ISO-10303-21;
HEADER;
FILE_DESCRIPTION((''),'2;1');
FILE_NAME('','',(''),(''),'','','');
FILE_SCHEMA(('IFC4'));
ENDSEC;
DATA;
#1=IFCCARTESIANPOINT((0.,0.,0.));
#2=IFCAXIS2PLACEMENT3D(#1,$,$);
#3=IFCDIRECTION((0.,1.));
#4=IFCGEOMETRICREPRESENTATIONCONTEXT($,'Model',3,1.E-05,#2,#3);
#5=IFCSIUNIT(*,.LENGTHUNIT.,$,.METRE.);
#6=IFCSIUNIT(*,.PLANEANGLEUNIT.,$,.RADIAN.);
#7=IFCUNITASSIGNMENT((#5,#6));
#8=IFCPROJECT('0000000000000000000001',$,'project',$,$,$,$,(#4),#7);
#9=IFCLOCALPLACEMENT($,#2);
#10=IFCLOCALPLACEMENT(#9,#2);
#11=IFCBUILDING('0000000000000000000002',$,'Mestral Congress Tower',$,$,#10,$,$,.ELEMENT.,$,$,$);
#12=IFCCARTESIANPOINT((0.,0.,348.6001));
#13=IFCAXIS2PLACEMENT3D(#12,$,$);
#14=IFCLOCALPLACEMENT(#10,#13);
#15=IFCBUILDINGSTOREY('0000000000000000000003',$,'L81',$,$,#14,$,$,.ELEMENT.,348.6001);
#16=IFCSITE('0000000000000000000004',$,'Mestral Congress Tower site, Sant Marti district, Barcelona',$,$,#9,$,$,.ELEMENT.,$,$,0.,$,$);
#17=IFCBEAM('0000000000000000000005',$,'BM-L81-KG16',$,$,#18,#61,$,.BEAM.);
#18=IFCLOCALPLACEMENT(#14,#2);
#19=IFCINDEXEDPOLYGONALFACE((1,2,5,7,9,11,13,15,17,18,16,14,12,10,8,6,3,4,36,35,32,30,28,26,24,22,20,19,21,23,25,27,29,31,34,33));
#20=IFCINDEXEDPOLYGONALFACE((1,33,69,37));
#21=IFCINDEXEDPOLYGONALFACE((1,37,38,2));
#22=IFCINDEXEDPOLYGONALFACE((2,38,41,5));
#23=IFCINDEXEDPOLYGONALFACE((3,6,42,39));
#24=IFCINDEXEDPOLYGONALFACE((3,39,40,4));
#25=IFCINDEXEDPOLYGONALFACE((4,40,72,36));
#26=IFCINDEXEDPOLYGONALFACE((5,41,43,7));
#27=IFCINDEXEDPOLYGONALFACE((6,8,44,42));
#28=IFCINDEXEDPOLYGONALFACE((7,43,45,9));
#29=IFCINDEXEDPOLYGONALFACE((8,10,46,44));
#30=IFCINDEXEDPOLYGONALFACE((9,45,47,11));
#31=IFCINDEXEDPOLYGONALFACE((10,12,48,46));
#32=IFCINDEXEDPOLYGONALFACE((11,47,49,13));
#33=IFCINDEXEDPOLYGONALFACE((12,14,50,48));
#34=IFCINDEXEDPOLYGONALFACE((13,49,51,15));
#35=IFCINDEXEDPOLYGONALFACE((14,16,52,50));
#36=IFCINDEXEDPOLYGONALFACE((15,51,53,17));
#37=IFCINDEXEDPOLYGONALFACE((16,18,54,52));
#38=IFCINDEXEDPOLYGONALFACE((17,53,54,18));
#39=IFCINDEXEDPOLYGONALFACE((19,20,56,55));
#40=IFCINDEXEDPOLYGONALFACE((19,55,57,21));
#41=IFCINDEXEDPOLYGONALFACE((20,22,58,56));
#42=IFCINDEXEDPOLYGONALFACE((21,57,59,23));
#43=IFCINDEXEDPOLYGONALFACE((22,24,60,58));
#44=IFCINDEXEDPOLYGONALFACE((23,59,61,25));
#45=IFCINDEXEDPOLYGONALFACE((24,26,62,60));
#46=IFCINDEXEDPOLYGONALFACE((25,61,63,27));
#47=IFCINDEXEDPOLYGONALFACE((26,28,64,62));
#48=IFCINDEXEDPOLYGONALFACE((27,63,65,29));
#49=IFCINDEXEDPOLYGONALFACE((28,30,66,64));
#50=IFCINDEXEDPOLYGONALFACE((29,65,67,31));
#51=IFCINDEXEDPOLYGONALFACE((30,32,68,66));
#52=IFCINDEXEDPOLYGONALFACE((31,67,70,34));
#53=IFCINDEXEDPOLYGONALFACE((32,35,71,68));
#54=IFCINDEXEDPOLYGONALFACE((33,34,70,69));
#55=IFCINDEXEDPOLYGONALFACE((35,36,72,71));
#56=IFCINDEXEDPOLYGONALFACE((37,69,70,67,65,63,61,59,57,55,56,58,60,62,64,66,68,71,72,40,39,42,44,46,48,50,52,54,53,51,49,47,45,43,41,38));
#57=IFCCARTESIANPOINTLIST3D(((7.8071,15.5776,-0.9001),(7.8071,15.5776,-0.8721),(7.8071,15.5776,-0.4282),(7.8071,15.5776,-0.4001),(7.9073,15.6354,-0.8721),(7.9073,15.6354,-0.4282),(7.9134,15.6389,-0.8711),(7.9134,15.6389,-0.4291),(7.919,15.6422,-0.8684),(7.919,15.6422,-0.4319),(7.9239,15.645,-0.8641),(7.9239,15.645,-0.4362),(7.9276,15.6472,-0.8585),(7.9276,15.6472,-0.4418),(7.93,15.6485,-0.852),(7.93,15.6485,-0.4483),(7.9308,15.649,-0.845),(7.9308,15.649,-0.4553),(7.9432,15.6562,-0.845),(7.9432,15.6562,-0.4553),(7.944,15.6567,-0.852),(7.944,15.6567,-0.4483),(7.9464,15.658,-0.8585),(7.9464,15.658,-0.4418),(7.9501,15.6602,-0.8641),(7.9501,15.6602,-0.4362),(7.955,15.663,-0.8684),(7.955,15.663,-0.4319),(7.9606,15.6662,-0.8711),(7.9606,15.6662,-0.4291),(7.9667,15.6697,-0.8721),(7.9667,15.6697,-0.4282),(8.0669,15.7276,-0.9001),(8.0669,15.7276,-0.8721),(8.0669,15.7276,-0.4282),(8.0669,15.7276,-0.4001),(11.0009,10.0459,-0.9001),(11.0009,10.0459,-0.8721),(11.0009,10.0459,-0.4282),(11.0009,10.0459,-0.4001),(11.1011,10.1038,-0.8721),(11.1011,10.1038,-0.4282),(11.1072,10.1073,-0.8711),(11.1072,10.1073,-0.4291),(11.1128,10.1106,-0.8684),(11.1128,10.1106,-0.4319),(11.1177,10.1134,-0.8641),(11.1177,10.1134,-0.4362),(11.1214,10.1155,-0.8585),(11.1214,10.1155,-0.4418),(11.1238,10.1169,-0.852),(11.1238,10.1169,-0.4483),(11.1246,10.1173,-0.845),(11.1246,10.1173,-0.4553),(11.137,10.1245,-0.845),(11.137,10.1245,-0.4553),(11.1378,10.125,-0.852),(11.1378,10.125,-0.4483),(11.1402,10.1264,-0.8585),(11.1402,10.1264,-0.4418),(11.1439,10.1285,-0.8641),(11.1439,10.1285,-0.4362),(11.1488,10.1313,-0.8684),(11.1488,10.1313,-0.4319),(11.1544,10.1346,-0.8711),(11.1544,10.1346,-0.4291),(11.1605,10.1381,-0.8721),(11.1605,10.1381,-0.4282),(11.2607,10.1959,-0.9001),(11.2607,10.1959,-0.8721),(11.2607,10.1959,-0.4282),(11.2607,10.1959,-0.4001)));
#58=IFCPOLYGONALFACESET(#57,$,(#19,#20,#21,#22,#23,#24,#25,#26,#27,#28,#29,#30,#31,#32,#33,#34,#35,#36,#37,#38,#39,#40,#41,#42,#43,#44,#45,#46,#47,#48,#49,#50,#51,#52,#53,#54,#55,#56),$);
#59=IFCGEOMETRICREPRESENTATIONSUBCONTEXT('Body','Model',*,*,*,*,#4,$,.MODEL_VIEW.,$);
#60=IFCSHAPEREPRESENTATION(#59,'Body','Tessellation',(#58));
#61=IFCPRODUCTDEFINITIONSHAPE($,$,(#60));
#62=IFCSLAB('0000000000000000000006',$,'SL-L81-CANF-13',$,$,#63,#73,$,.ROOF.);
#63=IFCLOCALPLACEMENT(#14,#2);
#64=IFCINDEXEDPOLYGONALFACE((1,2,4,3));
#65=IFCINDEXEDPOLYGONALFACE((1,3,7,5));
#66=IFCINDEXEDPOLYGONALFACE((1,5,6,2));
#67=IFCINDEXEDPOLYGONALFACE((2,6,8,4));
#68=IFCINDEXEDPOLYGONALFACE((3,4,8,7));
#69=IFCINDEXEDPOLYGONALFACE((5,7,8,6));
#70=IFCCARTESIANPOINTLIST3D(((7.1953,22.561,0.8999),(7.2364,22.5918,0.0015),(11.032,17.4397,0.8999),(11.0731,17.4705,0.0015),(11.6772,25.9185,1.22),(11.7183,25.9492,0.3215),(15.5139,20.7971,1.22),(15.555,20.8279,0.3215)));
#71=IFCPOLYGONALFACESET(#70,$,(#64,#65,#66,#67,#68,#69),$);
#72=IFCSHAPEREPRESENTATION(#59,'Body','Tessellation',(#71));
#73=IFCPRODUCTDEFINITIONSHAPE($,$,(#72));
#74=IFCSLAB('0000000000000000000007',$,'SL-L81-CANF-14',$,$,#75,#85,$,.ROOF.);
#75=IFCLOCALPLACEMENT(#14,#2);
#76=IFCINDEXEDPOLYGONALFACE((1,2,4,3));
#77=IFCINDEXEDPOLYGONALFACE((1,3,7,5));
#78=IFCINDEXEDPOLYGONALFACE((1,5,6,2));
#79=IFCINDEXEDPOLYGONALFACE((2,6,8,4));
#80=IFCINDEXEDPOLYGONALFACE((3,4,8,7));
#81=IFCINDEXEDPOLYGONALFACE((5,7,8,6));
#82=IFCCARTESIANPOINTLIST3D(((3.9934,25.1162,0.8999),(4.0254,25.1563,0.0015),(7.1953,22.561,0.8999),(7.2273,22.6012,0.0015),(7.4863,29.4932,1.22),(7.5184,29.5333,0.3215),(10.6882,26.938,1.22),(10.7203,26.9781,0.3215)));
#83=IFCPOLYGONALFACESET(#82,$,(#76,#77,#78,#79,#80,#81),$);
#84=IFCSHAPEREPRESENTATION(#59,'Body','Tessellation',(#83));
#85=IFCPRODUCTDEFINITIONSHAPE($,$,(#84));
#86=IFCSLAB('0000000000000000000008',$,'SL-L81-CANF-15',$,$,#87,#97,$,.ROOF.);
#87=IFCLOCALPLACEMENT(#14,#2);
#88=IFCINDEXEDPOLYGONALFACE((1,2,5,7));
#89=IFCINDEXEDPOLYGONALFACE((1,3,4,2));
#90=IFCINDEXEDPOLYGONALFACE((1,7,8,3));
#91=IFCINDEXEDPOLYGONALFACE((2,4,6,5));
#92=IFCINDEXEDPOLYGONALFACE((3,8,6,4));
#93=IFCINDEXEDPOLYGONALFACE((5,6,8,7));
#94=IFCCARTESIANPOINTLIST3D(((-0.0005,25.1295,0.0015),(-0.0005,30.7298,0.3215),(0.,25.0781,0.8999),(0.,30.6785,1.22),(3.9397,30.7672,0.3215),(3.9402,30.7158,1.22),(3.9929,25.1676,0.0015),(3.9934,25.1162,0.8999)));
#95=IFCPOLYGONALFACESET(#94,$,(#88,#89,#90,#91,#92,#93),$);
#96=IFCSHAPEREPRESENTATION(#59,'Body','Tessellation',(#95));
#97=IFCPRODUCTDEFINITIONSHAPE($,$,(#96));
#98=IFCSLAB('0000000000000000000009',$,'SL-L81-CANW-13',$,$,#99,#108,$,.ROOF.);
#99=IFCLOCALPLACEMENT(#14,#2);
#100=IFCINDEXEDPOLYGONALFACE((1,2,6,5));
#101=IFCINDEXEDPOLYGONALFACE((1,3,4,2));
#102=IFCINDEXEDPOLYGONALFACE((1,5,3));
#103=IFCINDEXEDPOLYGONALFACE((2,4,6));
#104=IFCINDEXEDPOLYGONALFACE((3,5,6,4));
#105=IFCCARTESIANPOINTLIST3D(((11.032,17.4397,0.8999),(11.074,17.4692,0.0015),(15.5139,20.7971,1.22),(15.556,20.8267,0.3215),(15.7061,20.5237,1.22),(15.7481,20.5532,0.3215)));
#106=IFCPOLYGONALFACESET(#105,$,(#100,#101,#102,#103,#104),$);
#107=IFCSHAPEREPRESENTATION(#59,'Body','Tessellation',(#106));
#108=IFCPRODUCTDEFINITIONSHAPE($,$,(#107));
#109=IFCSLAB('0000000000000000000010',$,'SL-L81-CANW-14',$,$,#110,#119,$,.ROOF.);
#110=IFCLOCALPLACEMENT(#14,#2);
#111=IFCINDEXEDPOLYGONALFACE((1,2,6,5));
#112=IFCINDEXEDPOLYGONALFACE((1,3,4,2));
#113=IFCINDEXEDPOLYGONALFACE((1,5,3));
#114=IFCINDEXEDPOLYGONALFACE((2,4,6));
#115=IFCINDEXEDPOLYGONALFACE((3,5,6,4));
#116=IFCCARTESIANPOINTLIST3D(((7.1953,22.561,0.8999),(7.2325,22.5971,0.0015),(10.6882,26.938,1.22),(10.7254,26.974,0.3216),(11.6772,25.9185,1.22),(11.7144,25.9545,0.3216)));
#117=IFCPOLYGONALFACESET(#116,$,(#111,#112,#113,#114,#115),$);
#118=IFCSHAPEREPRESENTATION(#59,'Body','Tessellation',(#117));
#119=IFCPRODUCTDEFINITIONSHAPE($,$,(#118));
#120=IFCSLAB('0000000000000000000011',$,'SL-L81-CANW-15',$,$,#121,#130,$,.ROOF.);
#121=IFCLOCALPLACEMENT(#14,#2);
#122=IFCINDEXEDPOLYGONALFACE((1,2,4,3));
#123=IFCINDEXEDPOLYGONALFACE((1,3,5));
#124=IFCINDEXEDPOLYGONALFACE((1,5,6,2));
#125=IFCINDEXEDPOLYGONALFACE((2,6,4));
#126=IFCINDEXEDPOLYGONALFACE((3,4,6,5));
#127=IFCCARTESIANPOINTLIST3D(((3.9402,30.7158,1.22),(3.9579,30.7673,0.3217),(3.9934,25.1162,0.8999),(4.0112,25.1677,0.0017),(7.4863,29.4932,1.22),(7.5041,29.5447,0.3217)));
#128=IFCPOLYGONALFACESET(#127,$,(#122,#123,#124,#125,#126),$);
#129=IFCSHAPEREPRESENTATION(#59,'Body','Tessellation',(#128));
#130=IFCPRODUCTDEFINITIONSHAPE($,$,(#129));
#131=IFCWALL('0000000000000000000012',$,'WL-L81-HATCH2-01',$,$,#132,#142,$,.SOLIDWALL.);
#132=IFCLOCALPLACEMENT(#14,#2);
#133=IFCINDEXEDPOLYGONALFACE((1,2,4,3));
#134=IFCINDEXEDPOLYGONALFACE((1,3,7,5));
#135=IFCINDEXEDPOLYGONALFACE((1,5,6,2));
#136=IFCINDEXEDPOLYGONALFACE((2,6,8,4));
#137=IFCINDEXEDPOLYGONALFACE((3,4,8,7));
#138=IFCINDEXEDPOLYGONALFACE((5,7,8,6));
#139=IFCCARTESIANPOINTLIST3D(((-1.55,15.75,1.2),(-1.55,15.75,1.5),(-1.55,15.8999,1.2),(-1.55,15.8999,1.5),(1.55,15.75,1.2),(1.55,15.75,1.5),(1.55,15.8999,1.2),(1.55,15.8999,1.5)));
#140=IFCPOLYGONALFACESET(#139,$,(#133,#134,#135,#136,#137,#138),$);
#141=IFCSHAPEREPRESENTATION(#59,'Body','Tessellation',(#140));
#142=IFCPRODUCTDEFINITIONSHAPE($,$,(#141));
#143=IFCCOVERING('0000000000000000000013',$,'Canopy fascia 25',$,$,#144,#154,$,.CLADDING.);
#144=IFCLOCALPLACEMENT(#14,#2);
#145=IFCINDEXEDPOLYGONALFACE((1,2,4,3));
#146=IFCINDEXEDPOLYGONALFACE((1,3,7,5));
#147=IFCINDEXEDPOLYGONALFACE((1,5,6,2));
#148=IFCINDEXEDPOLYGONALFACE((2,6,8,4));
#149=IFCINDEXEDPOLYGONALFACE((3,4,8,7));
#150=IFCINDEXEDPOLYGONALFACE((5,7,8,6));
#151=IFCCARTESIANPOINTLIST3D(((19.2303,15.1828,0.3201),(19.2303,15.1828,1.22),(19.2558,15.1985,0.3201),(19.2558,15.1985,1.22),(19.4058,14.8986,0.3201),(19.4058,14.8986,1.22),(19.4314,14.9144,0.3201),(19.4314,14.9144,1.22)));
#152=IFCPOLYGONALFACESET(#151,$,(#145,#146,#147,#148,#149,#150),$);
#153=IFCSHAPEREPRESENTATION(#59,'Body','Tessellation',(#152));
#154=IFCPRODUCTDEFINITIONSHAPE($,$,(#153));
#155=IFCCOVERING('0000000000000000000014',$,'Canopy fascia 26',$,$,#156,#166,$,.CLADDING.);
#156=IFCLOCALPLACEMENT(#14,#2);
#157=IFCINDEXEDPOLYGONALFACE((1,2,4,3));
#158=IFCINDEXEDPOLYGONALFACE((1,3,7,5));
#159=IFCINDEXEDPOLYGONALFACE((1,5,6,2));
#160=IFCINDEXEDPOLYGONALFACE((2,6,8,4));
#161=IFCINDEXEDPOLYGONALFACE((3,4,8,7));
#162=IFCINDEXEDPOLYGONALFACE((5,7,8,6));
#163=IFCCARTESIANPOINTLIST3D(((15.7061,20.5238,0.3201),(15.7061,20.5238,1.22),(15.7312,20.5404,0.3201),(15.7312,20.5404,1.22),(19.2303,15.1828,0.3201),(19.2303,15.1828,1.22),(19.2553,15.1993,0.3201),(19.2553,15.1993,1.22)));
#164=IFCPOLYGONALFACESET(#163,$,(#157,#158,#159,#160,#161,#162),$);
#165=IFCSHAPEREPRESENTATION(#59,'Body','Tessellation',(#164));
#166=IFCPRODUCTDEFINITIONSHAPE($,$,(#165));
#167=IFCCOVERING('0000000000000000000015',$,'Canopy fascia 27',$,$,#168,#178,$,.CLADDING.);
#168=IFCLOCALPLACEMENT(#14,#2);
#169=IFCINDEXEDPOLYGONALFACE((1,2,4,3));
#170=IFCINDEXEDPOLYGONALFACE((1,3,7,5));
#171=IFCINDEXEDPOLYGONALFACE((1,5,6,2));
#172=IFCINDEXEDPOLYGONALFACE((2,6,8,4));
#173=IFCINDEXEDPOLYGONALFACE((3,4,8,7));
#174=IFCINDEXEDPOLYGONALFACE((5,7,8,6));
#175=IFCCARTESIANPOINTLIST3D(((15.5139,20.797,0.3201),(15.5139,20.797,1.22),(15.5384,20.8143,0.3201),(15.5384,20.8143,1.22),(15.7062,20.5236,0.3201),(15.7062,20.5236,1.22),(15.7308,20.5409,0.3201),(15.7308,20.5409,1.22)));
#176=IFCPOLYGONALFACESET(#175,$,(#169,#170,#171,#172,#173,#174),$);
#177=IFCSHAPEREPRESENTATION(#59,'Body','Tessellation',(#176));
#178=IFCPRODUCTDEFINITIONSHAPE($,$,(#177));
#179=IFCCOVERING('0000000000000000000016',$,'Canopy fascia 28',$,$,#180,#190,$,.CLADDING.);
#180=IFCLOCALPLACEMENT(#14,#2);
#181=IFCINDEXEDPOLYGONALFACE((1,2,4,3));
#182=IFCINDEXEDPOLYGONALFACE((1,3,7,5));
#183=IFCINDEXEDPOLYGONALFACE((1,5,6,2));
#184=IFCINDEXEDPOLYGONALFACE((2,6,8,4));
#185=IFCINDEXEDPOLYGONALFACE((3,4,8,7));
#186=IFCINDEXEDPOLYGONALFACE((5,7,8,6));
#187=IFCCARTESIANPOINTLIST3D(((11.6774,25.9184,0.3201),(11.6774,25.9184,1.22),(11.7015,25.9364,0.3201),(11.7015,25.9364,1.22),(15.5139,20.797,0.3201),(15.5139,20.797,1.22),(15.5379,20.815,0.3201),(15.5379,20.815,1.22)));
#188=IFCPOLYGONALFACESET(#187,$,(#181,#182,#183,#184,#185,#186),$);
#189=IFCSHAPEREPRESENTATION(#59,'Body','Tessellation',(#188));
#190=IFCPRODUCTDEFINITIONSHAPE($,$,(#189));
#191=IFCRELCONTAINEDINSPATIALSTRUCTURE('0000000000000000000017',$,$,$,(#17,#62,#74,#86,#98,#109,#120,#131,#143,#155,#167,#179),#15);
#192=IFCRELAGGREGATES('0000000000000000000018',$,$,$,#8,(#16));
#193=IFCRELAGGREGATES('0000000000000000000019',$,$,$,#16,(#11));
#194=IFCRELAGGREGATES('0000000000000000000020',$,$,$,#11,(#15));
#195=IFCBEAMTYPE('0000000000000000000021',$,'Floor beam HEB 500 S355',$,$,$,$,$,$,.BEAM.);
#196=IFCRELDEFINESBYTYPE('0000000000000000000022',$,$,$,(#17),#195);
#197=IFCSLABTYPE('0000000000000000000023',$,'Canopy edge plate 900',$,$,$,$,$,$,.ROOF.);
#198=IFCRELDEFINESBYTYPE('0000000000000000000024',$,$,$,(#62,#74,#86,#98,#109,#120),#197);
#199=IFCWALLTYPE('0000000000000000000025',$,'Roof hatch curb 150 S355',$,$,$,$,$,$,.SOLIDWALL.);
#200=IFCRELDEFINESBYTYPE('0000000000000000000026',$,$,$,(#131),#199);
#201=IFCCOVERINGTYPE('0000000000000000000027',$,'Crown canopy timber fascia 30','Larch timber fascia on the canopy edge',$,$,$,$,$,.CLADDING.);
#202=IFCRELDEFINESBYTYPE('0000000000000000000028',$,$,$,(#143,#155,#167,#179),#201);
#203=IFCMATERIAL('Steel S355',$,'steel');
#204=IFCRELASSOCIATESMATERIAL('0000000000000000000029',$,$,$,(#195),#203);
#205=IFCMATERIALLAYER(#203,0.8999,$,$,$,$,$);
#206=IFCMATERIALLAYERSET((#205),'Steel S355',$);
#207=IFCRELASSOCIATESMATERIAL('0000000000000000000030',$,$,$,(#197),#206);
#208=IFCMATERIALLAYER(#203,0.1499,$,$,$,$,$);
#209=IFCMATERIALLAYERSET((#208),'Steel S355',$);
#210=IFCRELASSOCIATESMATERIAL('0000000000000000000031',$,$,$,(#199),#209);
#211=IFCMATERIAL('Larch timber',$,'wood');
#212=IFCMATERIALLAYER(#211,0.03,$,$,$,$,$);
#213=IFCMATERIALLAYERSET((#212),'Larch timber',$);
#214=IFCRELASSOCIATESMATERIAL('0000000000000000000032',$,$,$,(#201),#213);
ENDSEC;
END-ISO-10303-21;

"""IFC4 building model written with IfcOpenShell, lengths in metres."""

from ifc_helpers import new_model, si_unit, direction, frame, frame_2d, origin, origin_2d, place, context, subcontext, project, spatial, polyline, rectangle, i_section, outline, extrude, material, layer, layer_set, material_profile, profile_set, type_object, element, save


model = new_model("IFC4")

# Units and contexts
model_context = context("Model", 3, precision=1e-05, world=origin(), true_north=direction((0.0, 1.0)))
body_context = subcontext(model_context, "Body", "Model", "MODEL_VIEW")
ifc_project = project(units=[si_unit("LENGTHUNIT", "METRE"), si_unit("PLANEANGLEUNIT", "RADIAN")], contexts=[model_context])

# Site, building, storey
site_placement = place(None, origin())
site = spatial("IfcSite", under=ifc_project, at=site_placement, Name="Mestral Congress Tower site, Sant Marti district, Barcelona", CompositionType="ELEMENT", RefElevation=0.0)
building_placement = place(site_placement, origin())
building = spatial("IfcBuilding", under=site, at=building_placement, Name="Mestral Congress Tower", CompositionType="ELEMENT")
storey_placement = place(building_placement, frame((0.0, 0.0, 348.6001)))
storey = spatial("IfcBuildingStorey", under=building, at=storey_placement, Name="L81", CompositionType="ELEMENT", Elevation=348.6001)

# Beam
ifc_material_1 = material(Name="Steel S355", Category="steel")
ifc_material_profile_1 = material_profile(ifc_material_1, i_section(OverallWidth=0.3, OverallDepth=0.5, WebThickness=0.0144, FlangeThickness=0.0281, FilletRadius=0.0271, at=origin_2d()), Name="HEB 500")
ifc_profile_set_1 = profile_set([ifc_material_profile_1], Name="Steel S355")
beam_type_1 = type_object("IfcBeamType", Name="Floor beam HEB 500 S355", PredefinedType="BEAM", material=ifc_profile_set_1)
beam_1_placement = place(storey_placement, frame((7.937, 15.6526, -0.6501), z_axis=(0.500011, -0.866019, 0.0), x_axis=(0.866019, 0.500011, 0.0)))
element("IfcBeam", 1, at=beam_1_placement, inside=storey, type_object=beam_type_1, Name="BM-L81-KG16", PredefinedType="BEAM", context=body_context, shape_type="SweptSolid", body=[
    extrude(i_section(OverallWidth=0.3, OverallDepth=0.5, WebThickness=0.0144, FlangeThickness=0.0281, FilletRadius=0.0271, at=origin_2d()), origin(), (0.0, 0.0, 1.0), 6.3875),
])

# Slabs
ifc_layer_1 = layer(ifc_material_1, 0.8999)
ifc_layer_set_1 = layer_set([ifc_layer_1], Name="Steel S355")
slab_type = type_object("IfcSlabType", Name="Canopy edge plate 900", PredefinedType="ROOF", material=ifc_layer_set_1)
slab_1_placement = place(storey_placement, frame((11.032, 17.4397, 0.8999), z_axis=(-0.045668, -0.034212, 0.998371), x_axis=(-0.599566, 0.800325, 0.0)))
element("IfcSlab", 2, at=slab_1_placement, inside=storey, type_object=slab_type, Name="SL-L81-CANF-13", PredefinedType="ROOF", context=body_context, shape_type="SweptSolid", body=[
    extrude(outline(polyline([(0.0, 0.0), (6.3991, 0.0), (6.3989, -5.6091), (-0.0002, -5.6091), (0.0, 0.0)])), origin(), (0.0, 0.0, -1.0), 0.8999),
])
slab_2_placement = place(storey_placement, frame((7.1953, 22.561, 0.8999), z_axis=(-0.035593, -0.044602, 0.998371), x_axis=(-0.781624, 0.62375, 0.0)))
element("IfcSlab", 3, at=slab_2_placement, inside=storey, type_object=slab_type, Name="SL-L81-CANF-14", PredefinedType="ROOF", context=body_context, shape_type="SweptSolid", body=[
    extrude(outline(polyline([(0.0, 0.0), (4.0965, 0.0), (4.0964, -5.609), (0.0, -5.609), (0.0, 0.0)])), origin(), (0.0, 0.0, -1.0), 0.8999),
])
slab_3_placement = place(storey_placement, frame((3.9934, 25.1162, 0.8999), z_axis=(0.000543, -0.05706, 0.998371), x_axis=(-0.999955, -0.009537, -0.000002)))
element("IfcSlab", 4, at=slab_3_placement, inside=storey, type_object=slab_type, Name="SL-L81-CANF-15", PredefinedType="ROOF", context=body_context, shape_type="SweptSolid", body=[
    extrude(outline(polyline([(0.0, 0.0), (3.9936, 0.0), (3.9402, -5.6092), (-0.0002, -5.609), (0.0, 0.0)])), origin(), (0.0, 0.0, -1.0), 0.8999),
])
slab_4_placement = place(storey_placement, frame((11.032, 17.4397, 0.8999), z_axis=(-0.04671, -0.032822, 0.998369), x_axis=(0.833323, 0.549832, 0.057064)))
element("IfcSlab", 5, at=slab_4_placement, inside=storey, type_object=slab_type, Name="SL-L81-CANW-13", PredefinedType="ROOF", context=body_context, shape_type="SweptSolid", body=[
    extrude(outline(polyline([(0.0, 0.0), (5.609, 0.0), (5.5992, 0.3341), (0.0, 0.0)])), origin(), (0.0, 0.0, -1.0), 0.8999),
])
slab_5_placement = place(storey_placement, frame((7.1953, 22.561, 0.8999), z_axis=(-0.04129, -0.040054, 0.998344), x_axis=(0.799041, 0.598563, 0.057062)))
element("IfcSlab", 6, at=slab_5_placement, inside=storey, type_object=slab_type, Name="SL-L81-CANW-14", PredefinedType="ROOF", context=body_context, shape_type="SweptSolid", body=[
    extrude(outline(polyline([(0.0, 0.0), (5.6091, 0.0), (5.4291, 1.409), (0.0, 0.0)])), origin(), (0.0, 0.0, -1.0), 0.8999),
])
slab_6_placement = place(storey_placement, frame((3.9934, 25.1162, 0.8999), z_axis=(-0.019736, -0.057242, 0.998165), x_axis=(0.622737, 0.780347, 0.057064)))
element("IfcSlab", 7, at=slab_6_placement, inside=storey, type_object=slab_type, Name="SL-L81-CANW-15", PredefinedType="ROOF", context=body_context, shape_type="SweptSolid", body=[
    extrude(outline(polyline([(0.0, 0.0), (5.609, 0.0), (4.3548, 3.5351), (0.0, 0.0)])), origin(), (0.0, 0.0, -1.0), 0.8999),
])

# Wall
ifc_layer_2 = layer(ifc_material_1, 0.1499)
ifc_layer_set_2 = layer_set([ifc_layer_2], Name="Steel S355")
wall_type = type_object("IfcWallType", Name="Roof hatch curb 150 S355", PredefinedType="SOLIDWALL", material=ifc_layer_set_2)
wall_placement = place(storey_placement, frame((1.55, 15.825, 1.2), z_axis=(0.0, 0.0, 1.0), x_axis=(-1.0, 0.0, 0.0)))
element("IfcWall", 8, at=wall_placement, inside=storey, type_object=wall_type, Name="WL-L81-HATCH2-01", PredefinedType="SOLIDWALL", context=body_context, shape_type="SweptSolid", body=[
    extrude(rectangle(XDim=3.1001, YDim=0.1499, at=frame_2d((1.55, 0.0))), origin(), (0.0, 0.0, 1.0), 0.3),
])

# Coverings
ifc_material_2 = material(Name="Larch timber", Category="wood")
ifc_layer_3 = layer(ifc_material_2, 0.03)
ifc_layer_set_3 = layer_set([ifc_layer_3], Name="Larch timber")
covering_type_1 = type_object("IfcCoveringType", Name="Crown canopy timber fascia 30", Description="Larch timber fascia on the canopy edge", PredefinedType="CLADDING", material=ifc_layer_set_3)
covering_1_placement = place(storey_placement, frame((19.3308, 15.0486, 0.3201), z_axis=(0.0, 0.0, 1.0), x_axis=(-0.525607, 0.850728, 0.0)))
element("IfcCovering", 9, at=covering_1_placement, inside=storey, type_object=covering_type_1, Name="Canopy fascia 25", PredefinedType="CLADDING", context=body_context, shape_type="SweptSolid", body=[
    extrude(rectangle(XDim=0.334, YDim=0.03, at=origin_2d()), origin(), (0.0, 0.0, 1.0), 0.8999),
])
covering_2_placement = place(storey_placement, frame((17.4807, 17.8616, 0.3201), z_axis=(0.0, 0.0, 1.0), x_axis=(-0.550742, 0.834676, 0.0)))
element("IfcCovering", 10, at=covering_2_placement, inside=storey, type_object=covering_type_1, Name="Canopy fascia 26", PredefinedType="CLADDING", context=body_context, shape_type="SweptSolid", body=[
    extrude(rectangle(XDim=6.3989, YDim=0.03, at=origin_2d()), origin(), (0.0, 0.0, 1.0), 0.8999),
])
covering_3_placement = place(storey_placement, frame((15.6223, 20.6689, 0.3201), z_axis=(0.0, 0.0, 1.0), x_axis=(-0.575399, 0.817873, 0.0)))
element("IfcCovering", 11, at=covering_3_placement, inside=storey, type_object=covering_type_1, Name="Canopy fascia 27", PredefinedType="CLADDING", context=body_context, shape_type="SweptSolid", body=[
    extrude(rectangle(XDim=0.3342, YDim=0.03, at=origin_2d()), origin(), (0.0, 0.0, 1.0), 0.8999),
])
covering_4_placement = place(storey_placement, frame((13.6077, 23.3667, 0.3201), z_axis=(0.0, 0.0, 1.0), x_axis=(-0.599545, 0.800341, 0.0)))
element("IfcCovering", 12, at=covering_4_placement, inside=storey, type_object=covering_type_1, Name="Canopy fascia 28", PredefinedType="CLADDING", context=body_context, shape_type="SweptSolid", body=[
    extrude(rectangle(XDim=6.3989, YDim=0.03, at=origin_2d()), origin(), (0.0, 0.0, 1.0), 0.8999),
])

save(model, "model.ifc")
